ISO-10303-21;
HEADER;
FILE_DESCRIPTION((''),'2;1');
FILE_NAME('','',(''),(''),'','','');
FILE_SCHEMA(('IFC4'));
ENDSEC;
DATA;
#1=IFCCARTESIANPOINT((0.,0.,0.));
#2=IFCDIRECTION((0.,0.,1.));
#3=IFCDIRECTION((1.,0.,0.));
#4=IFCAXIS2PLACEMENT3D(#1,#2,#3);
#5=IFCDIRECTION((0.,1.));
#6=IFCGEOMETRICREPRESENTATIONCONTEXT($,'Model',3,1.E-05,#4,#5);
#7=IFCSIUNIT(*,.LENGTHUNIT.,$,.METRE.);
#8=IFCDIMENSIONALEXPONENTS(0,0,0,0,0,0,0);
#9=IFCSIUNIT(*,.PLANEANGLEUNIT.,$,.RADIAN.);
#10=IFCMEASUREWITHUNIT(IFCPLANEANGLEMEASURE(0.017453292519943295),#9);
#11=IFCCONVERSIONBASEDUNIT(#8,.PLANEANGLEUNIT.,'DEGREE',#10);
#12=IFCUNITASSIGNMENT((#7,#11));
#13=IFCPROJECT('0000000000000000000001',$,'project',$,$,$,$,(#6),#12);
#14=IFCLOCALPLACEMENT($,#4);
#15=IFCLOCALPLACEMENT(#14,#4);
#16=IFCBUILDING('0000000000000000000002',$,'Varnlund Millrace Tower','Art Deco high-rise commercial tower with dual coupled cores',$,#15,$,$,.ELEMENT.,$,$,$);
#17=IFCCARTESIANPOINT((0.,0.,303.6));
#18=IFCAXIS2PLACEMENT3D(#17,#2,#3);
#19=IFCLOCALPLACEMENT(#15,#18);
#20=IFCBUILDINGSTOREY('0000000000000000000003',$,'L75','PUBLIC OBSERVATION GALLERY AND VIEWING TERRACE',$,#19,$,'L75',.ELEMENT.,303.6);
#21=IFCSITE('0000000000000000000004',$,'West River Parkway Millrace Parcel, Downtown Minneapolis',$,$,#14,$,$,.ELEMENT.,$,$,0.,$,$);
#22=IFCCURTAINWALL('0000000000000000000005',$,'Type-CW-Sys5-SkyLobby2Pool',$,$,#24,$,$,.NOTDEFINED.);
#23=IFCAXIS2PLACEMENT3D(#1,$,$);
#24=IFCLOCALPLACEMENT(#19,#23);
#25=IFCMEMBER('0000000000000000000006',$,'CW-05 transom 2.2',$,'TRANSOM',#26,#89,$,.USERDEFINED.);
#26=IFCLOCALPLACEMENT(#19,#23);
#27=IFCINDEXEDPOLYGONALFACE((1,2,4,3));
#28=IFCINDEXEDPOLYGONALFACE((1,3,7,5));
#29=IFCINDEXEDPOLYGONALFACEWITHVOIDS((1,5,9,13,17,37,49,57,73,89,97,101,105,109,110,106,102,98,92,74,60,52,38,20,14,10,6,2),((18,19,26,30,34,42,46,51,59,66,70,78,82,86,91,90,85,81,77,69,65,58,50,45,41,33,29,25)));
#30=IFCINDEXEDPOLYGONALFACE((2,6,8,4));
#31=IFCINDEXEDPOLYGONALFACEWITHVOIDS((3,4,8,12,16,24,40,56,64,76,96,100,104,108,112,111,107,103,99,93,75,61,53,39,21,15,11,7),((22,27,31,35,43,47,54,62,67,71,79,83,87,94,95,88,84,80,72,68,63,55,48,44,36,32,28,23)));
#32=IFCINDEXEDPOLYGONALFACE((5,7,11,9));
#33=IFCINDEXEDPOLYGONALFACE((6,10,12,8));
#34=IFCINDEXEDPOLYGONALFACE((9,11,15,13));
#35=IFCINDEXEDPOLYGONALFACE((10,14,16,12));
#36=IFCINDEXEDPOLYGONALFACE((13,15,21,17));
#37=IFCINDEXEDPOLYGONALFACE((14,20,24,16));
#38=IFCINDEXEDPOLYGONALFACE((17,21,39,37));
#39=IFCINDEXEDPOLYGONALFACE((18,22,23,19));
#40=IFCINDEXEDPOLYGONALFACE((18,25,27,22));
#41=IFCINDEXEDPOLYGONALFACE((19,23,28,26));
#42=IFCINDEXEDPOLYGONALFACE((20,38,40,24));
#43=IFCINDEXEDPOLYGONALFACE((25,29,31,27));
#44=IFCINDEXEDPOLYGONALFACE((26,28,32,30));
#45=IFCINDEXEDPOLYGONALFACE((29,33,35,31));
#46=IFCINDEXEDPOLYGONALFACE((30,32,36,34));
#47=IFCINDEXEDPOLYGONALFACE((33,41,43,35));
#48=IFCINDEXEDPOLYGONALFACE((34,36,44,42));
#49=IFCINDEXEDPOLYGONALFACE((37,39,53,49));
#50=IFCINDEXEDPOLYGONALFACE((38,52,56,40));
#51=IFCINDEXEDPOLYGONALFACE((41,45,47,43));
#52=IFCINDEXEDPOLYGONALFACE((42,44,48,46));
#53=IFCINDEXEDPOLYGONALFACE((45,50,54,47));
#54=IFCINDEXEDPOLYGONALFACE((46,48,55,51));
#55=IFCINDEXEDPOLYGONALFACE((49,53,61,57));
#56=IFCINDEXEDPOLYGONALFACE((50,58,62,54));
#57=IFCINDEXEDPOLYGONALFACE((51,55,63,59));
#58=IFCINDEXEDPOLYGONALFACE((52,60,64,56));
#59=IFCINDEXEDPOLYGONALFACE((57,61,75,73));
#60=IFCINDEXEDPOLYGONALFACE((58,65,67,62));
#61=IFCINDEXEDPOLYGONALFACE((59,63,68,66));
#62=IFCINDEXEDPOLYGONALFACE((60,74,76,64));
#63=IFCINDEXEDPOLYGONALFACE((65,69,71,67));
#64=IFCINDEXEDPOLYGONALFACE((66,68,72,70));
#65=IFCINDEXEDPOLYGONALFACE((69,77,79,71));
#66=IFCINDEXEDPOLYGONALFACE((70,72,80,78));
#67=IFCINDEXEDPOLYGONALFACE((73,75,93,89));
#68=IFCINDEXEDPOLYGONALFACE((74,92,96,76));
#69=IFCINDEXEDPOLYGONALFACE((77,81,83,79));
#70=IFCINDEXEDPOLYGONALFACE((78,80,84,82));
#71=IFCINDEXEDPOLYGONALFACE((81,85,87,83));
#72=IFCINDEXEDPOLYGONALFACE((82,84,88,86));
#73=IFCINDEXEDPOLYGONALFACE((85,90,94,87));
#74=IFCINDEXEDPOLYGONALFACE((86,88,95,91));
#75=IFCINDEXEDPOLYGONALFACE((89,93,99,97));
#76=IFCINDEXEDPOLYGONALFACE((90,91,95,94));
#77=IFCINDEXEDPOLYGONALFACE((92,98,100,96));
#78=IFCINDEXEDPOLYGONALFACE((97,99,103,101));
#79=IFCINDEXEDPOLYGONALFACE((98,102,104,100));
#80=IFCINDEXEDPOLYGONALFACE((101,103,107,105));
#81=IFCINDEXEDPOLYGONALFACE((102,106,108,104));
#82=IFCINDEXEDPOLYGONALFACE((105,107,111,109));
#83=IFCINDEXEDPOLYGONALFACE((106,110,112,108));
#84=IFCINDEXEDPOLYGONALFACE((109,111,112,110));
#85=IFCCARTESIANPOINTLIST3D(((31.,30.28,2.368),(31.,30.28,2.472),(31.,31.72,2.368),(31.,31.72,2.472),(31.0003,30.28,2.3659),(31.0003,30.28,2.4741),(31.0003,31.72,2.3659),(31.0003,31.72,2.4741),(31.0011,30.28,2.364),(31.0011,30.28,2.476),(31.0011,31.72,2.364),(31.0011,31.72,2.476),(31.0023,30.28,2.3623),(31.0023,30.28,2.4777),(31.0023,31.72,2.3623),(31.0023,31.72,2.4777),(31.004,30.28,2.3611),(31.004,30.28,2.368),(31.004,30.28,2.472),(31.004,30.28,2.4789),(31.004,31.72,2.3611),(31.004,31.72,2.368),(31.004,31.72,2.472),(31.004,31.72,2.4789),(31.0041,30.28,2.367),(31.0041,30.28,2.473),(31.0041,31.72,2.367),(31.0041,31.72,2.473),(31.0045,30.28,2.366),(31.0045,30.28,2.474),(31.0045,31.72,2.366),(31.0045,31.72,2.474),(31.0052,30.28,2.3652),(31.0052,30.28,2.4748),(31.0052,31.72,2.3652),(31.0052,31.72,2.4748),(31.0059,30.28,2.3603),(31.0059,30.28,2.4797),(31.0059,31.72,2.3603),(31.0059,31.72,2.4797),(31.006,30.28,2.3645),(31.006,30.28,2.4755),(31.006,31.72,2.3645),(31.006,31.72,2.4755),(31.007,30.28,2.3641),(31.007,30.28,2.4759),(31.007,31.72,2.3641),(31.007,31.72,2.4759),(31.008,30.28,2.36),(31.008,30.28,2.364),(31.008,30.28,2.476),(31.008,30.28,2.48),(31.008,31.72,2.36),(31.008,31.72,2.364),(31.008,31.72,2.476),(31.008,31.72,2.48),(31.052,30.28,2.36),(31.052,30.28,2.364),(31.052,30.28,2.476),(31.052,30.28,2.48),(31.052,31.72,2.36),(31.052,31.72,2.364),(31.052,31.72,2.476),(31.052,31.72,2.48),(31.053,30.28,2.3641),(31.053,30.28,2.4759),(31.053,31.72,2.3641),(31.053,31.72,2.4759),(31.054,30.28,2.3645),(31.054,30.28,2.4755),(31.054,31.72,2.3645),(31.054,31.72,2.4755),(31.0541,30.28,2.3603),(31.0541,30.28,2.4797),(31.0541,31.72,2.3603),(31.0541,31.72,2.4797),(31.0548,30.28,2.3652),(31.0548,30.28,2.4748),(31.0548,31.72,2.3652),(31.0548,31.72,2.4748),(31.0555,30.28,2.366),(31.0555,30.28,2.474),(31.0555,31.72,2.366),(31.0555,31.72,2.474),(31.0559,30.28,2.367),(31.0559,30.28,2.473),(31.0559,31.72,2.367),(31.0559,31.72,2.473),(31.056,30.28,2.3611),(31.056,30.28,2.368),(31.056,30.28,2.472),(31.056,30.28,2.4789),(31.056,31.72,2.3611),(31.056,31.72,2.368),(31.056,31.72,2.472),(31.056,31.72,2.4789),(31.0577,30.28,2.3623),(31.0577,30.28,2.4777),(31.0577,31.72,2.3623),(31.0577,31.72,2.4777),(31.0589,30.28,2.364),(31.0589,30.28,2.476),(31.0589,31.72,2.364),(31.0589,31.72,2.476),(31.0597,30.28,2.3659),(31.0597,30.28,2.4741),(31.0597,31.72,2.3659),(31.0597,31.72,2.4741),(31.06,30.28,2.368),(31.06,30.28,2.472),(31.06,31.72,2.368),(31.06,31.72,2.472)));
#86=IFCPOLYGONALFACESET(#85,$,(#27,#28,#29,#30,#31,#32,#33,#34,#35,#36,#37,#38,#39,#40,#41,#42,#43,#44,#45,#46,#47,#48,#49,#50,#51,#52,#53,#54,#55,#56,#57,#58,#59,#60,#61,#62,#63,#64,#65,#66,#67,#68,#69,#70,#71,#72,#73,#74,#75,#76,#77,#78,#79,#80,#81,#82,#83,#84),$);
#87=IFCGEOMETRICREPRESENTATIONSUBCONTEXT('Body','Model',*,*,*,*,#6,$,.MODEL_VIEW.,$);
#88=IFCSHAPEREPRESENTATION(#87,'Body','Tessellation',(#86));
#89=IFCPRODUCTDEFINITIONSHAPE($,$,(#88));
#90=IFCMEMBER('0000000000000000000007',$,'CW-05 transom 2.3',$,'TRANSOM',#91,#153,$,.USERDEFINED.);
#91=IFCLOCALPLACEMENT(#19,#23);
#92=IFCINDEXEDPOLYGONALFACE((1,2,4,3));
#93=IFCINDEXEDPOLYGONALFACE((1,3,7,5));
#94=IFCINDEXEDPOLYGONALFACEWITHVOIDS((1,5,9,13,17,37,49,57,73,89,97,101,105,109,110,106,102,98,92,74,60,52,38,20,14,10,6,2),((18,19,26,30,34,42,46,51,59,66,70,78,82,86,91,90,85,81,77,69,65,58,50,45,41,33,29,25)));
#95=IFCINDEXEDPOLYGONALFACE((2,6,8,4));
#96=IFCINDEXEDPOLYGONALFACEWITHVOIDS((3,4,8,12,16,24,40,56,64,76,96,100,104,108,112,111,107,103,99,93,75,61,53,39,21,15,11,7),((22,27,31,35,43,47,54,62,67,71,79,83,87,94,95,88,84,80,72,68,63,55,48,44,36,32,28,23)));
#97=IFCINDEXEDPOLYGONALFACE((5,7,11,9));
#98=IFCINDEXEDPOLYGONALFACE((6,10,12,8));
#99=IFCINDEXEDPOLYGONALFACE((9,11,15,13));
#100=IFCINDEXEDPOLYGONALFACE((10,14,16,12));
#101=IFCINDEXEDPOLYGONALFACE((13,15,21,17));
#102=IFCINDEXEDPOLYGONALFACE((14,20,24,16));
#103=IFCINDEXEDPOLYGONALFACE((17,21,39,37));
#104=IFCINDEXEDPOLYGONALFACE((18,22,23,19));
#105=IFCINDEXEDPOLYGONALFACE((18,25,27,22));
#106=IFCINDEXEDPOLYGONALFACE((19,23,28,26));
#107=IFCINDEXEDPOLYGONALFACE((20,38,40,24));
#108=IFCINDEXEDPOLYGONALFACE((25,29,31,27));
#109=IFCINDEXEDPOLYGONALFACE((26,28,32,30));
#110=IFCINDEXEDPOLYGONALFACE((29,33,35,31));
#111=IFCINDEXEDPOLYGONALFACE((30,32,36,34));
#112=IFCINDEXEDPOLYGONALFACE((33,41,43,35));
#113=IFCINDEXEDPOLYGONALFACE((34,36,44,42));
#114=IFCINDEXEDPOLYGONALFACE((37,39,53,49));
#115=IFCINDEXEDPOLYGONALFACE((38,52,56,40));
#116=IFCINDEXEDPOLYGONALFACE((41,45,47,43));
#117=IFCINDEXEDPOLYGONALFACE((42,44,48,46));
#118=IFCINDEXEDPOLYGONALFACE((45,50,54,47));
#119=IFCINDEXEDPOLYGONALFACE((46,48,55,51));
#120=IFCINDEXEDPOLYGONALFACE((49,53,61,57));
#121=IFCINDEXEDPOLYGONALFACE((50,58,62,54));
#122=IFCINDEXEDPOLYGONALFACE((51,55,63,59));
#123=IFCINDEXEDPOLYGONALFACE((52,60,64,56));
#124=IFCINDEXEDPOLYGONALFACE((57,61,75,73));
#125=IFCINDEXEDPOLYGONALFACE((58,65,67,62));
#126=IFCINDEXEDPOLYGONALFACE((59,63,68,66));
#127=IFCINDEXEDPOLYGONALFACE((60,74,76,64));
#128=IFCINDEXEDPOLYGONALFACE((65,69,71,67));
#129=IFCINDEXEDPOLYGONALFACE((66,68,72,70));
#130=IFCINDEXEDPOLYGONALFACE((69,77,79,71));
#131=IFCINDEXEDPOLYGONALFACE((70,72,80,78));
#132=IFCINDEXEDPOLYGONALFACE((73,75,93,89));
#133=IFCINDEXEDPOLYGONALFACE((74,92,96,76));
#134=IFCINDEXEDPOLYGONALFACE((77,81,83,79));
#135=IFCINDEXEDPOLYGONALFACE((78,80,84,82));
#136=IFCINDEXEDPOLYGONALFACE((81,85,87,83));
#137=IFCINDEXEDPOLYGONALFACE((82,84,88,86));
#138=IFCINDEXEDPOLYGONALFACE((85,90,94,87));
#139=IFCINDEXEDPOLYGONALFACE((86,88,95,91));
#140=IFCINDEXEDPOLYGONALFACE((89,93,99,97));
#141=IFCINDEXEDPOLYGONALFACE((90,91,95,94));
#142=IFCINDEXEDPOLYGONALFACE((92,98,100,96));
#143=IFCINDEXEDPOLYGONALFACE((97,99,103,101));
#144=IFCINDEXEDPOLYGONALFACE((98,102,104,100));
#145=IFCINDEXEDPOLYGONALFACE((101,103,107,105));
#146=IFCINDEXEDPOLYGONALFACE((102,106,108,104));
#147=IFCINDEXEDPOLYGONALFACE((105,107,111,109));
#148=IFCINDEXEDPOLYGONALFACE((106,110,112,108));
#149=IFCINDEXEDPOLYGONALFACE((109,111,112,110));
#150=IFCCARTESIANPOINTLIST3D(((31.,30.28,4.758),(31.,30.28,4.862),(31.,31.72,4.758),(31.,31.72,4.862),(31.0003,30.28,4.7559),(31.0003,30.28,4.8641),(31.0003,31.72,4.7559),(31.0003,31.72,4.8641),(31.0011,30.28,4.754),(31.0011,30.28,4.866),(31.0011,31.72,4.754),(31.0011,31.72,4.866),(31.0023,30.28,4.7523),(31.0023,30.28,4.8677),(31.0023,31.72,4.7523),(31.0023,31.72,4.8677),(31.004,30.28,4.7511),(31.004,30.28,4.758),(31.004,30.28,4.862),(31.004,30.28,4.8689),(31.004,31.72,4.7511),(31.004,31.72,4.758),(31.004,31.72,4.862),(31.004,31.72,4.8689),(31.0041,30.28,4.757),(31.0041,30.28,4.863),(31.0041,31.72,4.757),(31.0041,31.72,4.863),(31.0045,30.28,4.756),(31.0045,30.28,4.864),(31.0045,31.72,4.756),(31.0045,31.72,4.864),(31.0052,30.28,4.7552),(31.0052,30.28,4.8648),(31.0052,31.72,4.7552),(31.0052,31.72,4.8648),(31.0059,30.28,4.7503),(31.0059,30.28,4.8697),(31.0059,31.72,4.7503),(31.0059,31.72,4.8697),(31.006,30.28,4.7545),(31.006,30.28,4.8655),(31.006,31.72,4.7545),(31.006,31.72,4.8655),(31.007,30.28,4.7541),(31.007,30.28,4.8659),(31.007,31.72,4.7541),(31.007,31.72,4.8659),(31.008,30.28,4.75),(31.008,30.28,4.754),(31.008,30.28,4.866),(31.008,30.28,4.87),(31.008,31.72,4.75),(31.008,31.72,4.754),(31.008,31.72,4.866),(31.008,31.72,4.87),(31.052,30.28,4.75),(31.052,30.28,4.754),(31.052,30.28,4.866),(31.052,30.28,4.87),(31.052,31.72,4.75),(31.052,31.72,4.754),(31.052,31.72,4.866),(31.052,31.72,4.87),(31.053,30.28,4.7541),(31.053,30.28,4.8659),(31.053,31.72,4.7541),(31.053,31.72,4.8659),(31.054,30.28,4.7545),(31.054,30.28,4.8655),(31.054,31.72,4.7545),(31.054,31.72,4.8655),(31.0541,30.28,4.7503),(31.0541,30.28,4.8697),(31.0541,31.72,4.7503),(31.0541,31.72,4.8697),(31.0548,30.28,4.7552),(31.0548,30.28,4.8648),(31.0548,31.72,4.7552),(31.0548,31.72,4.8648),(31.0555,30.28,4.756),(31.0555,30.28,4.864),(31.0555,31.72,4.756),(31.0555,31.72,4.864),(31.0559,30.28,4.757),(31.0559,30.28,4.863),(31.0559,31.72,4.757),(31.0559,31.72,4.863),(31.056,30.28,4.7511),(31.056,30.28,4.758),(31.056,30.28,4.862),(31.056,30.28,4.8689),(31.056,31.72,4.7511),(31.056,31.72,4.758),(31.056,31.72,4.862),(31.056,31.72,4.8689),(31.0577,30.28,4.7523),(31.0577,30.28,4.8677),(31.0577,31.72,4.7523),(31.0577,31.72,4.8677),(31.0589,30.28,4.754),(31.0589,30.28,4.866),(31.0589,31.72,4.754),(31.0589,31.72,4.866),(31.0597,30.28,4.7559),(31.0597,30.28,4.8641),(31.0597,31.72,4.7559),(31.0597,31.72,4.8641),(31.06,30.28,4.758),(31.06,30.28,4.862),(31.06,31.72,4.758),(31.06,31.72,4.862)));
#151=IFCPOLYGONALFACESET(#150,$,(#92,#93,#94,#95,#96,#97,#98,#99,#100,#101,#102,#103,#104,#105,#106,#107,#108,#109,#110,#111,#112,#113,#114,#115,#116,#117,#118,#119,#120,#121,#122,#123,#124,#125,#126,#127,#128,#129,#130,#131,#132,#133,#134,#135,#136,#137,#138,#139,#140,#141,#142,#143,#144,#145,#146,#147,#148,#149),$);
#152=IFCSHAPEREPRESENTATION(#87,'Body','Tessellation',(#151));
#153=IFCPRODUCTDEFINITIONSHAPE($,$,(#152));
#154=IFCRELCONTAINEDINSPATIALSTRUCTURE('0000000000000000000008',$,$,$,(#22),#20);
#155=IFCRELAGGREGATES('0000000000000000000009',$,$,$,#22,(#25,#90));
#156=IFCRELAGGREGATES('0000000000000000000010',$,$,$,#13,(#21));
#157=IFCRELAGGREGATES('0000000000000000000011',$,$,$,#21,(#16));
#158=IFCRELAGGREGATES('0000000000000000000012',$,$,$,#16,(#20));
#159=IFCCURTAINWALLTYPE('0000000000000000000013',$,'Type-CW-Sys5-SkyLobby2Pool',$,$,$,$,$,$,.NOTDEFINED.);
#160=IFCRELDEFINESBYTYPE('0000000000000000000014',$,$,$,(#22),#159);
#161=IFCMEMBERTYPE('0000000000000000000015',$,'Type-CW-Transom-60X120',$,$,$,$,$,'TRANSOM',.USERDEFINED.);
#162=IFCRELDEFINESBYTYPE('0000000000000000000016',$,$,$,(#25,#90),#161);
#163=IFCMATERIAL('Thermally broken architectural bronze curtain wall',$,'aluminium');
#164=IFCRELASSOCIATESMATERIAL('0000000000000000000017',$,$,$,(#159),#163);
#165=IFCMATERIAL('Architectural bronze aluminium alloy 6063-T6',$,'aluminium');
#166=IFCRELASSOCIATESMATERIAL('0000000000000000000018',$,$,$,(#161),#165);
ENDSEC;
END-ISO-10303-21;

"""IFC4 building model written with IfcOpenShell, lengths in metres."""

from ifc_helpers import new_model, entity, si_unit, converted_unit, direction, frame, origin_with_axes, origin_2d_with_axis, place, context, subcontext, project, spatial, hollow_rectangle, extrude, material, material_profile, profile_set, type_object, element, aggregate, save


model = new_model("IFC4")

# Units and contexts
model_context = context("Model", 3, precision=1e-05, world=origin_with_axes(), true_north=direction((0.0, 1.0)))
body_context = subcontext(model_context, "Body", "Model", "MODEL_VIEW")
ifc_project = project(units=[si_unit("LENGTHUNIT", "METRE"), converted_unit("PLANEANGLEUNIT", "DEGREE", entity("IfcPlaneAngleMeasure", 0.017453292519943295), si_unit("PLANEANGLEUNIT", "RADIAN"), dimensions=[0, 0, 0, 0, 0, 0, 0])], contexts=[model_context])

# Site, building, storey
site_placement = place(None, origin_with_axes())
site = spatial("IfcSite", under=ifc_project, at=site_placement, Name="West River Parkway Millrace Parcel, Downtown Minneapolis", CompositionType="ELEMENT", RefElevation=0.0)
building_placement = place(site_placement, origin_with_axes())
building = spatial("IfcBuilding", under=site, at=building_placement, Name="Varnlund Millrace Tower", Description="Art Deco high-rise commercial tower with dual coupled cores", CompositionType="ELEMENT")
storey_placement = place(building_placement, frame((0.0, 0.0, 303.6), z_axis=(0.0, 0.0, 1.0), x_axis=(1.0, 0.0, 0.0)))
storey = spatial("IfcBuildingStorey", under=building, at=storey_placement, Name="L75", Description="PUBLIC OBSERVATION GALLERY AND VIEWING TERRACE", LongName="L75", CompositionType="ELEMENT", Elevation=303.6)

# Curtain wall, members
ifc_material_1 = material(Name="Thermally broken architectural bronze curtain wall", Category="aluminium")
curtain_wall_type = type_object("IfcCurtainWallType", Name="Type-CW-Sys5-SkyLobby2Pool", PredefinedType="NOTDEFINED", material=ifc_material_1)
curtain_wall_1_placement = place(storey_placement, frame((31.03, 33.25, 0.0), z_axis=(0.0, 0.0, 1.0), x_axis=(1.0, 0.0, 0.0)))
curtain_wall_1 = element("IfcCurtainWall", 1, at=curtain_wall_1_placement, inside=storey, type_object=curtain_wall_type, Name="Type-CW-Sys5-SkyLobby2Pool", PredefinedType="NOTDEFINED")
ifc_material_2 = material(Name="Architectural bronze aluminium alloy 6063-T6", Category="aluminium")
ifc_material_profile_1 = material_profile(ifc_material_2, hollow_rectangle(XDim=0.06, YDim=0.12, WallThickness=0.004, InnerFilletRadius=0.004, OuterFilletRadius=0.008, at=origin_2d_with_axis()), Name="Architectural bronze aluminium alloy 6063-T6")
ifc_profile_set_1 = profile_set([ifc_material_profile_1], Name="Architectural bronze aluminium alloy 6063-T6")
member_type = type_object("IfcMemberType", Name="Type-CW-Transom-60X120", ElementType="TRANSOM", PredefinedType="USERDEFINED", material=ifc_profile_set_1)
member_1_placement = place(storey_placement, frame((31.03, 31.72, 2.42), z_axis=(0.0, -1.0, 0.0), x_axis=(1.0, 0.0, 0.0)))
member_1 = element("IfcMember", 2, at=member_1_placement, type_object=member_type, Name="CW-05 transom 2.2", ObjectType="TRANSOM", PredefinedType="USERDEFINED", context=body_context, shape_type="SweptSolid", body=[
    extrude(hollow_rectangle(XDim=0.06, YDim=0.12, WallThickness=0.004, InnerFilletRadius=0.004, OuterFilletRadius=0.008, at=origin_2d_with_axis()), origin_with_axes(), (0.0, 0.0, 1.0), 1.44),
])
member_2_placement = place(storey_placement, frame((31.03, 31.72, 4.81), z_axis=(0.0, -1.0, 0.0), x_axis=(1.0, 0.0, 0.0)))
member_2 = element("IfcMember", 3, at=member_2_placement, type_object=member_type, Name="CW-05 transom 2.3", ObjectType="TRANSOM", PredefinedType="USERDEFINED", context=body_context, shape_type="SweptSolid", body=[
    extrude(hollow_rectangle(XDim=0.06, YDim=0.12, WallThickness=0.004, InnerFilletRadius=0.004, OuterFilletRadius=0.008, at=origin_2d_with_axis()), origin_with_axes(), (0.0, 0.0, 1.0), 1.44),
])

aggregate(curtain_wall_1, [member_1, member_2])

save(model, "model.ifc")
